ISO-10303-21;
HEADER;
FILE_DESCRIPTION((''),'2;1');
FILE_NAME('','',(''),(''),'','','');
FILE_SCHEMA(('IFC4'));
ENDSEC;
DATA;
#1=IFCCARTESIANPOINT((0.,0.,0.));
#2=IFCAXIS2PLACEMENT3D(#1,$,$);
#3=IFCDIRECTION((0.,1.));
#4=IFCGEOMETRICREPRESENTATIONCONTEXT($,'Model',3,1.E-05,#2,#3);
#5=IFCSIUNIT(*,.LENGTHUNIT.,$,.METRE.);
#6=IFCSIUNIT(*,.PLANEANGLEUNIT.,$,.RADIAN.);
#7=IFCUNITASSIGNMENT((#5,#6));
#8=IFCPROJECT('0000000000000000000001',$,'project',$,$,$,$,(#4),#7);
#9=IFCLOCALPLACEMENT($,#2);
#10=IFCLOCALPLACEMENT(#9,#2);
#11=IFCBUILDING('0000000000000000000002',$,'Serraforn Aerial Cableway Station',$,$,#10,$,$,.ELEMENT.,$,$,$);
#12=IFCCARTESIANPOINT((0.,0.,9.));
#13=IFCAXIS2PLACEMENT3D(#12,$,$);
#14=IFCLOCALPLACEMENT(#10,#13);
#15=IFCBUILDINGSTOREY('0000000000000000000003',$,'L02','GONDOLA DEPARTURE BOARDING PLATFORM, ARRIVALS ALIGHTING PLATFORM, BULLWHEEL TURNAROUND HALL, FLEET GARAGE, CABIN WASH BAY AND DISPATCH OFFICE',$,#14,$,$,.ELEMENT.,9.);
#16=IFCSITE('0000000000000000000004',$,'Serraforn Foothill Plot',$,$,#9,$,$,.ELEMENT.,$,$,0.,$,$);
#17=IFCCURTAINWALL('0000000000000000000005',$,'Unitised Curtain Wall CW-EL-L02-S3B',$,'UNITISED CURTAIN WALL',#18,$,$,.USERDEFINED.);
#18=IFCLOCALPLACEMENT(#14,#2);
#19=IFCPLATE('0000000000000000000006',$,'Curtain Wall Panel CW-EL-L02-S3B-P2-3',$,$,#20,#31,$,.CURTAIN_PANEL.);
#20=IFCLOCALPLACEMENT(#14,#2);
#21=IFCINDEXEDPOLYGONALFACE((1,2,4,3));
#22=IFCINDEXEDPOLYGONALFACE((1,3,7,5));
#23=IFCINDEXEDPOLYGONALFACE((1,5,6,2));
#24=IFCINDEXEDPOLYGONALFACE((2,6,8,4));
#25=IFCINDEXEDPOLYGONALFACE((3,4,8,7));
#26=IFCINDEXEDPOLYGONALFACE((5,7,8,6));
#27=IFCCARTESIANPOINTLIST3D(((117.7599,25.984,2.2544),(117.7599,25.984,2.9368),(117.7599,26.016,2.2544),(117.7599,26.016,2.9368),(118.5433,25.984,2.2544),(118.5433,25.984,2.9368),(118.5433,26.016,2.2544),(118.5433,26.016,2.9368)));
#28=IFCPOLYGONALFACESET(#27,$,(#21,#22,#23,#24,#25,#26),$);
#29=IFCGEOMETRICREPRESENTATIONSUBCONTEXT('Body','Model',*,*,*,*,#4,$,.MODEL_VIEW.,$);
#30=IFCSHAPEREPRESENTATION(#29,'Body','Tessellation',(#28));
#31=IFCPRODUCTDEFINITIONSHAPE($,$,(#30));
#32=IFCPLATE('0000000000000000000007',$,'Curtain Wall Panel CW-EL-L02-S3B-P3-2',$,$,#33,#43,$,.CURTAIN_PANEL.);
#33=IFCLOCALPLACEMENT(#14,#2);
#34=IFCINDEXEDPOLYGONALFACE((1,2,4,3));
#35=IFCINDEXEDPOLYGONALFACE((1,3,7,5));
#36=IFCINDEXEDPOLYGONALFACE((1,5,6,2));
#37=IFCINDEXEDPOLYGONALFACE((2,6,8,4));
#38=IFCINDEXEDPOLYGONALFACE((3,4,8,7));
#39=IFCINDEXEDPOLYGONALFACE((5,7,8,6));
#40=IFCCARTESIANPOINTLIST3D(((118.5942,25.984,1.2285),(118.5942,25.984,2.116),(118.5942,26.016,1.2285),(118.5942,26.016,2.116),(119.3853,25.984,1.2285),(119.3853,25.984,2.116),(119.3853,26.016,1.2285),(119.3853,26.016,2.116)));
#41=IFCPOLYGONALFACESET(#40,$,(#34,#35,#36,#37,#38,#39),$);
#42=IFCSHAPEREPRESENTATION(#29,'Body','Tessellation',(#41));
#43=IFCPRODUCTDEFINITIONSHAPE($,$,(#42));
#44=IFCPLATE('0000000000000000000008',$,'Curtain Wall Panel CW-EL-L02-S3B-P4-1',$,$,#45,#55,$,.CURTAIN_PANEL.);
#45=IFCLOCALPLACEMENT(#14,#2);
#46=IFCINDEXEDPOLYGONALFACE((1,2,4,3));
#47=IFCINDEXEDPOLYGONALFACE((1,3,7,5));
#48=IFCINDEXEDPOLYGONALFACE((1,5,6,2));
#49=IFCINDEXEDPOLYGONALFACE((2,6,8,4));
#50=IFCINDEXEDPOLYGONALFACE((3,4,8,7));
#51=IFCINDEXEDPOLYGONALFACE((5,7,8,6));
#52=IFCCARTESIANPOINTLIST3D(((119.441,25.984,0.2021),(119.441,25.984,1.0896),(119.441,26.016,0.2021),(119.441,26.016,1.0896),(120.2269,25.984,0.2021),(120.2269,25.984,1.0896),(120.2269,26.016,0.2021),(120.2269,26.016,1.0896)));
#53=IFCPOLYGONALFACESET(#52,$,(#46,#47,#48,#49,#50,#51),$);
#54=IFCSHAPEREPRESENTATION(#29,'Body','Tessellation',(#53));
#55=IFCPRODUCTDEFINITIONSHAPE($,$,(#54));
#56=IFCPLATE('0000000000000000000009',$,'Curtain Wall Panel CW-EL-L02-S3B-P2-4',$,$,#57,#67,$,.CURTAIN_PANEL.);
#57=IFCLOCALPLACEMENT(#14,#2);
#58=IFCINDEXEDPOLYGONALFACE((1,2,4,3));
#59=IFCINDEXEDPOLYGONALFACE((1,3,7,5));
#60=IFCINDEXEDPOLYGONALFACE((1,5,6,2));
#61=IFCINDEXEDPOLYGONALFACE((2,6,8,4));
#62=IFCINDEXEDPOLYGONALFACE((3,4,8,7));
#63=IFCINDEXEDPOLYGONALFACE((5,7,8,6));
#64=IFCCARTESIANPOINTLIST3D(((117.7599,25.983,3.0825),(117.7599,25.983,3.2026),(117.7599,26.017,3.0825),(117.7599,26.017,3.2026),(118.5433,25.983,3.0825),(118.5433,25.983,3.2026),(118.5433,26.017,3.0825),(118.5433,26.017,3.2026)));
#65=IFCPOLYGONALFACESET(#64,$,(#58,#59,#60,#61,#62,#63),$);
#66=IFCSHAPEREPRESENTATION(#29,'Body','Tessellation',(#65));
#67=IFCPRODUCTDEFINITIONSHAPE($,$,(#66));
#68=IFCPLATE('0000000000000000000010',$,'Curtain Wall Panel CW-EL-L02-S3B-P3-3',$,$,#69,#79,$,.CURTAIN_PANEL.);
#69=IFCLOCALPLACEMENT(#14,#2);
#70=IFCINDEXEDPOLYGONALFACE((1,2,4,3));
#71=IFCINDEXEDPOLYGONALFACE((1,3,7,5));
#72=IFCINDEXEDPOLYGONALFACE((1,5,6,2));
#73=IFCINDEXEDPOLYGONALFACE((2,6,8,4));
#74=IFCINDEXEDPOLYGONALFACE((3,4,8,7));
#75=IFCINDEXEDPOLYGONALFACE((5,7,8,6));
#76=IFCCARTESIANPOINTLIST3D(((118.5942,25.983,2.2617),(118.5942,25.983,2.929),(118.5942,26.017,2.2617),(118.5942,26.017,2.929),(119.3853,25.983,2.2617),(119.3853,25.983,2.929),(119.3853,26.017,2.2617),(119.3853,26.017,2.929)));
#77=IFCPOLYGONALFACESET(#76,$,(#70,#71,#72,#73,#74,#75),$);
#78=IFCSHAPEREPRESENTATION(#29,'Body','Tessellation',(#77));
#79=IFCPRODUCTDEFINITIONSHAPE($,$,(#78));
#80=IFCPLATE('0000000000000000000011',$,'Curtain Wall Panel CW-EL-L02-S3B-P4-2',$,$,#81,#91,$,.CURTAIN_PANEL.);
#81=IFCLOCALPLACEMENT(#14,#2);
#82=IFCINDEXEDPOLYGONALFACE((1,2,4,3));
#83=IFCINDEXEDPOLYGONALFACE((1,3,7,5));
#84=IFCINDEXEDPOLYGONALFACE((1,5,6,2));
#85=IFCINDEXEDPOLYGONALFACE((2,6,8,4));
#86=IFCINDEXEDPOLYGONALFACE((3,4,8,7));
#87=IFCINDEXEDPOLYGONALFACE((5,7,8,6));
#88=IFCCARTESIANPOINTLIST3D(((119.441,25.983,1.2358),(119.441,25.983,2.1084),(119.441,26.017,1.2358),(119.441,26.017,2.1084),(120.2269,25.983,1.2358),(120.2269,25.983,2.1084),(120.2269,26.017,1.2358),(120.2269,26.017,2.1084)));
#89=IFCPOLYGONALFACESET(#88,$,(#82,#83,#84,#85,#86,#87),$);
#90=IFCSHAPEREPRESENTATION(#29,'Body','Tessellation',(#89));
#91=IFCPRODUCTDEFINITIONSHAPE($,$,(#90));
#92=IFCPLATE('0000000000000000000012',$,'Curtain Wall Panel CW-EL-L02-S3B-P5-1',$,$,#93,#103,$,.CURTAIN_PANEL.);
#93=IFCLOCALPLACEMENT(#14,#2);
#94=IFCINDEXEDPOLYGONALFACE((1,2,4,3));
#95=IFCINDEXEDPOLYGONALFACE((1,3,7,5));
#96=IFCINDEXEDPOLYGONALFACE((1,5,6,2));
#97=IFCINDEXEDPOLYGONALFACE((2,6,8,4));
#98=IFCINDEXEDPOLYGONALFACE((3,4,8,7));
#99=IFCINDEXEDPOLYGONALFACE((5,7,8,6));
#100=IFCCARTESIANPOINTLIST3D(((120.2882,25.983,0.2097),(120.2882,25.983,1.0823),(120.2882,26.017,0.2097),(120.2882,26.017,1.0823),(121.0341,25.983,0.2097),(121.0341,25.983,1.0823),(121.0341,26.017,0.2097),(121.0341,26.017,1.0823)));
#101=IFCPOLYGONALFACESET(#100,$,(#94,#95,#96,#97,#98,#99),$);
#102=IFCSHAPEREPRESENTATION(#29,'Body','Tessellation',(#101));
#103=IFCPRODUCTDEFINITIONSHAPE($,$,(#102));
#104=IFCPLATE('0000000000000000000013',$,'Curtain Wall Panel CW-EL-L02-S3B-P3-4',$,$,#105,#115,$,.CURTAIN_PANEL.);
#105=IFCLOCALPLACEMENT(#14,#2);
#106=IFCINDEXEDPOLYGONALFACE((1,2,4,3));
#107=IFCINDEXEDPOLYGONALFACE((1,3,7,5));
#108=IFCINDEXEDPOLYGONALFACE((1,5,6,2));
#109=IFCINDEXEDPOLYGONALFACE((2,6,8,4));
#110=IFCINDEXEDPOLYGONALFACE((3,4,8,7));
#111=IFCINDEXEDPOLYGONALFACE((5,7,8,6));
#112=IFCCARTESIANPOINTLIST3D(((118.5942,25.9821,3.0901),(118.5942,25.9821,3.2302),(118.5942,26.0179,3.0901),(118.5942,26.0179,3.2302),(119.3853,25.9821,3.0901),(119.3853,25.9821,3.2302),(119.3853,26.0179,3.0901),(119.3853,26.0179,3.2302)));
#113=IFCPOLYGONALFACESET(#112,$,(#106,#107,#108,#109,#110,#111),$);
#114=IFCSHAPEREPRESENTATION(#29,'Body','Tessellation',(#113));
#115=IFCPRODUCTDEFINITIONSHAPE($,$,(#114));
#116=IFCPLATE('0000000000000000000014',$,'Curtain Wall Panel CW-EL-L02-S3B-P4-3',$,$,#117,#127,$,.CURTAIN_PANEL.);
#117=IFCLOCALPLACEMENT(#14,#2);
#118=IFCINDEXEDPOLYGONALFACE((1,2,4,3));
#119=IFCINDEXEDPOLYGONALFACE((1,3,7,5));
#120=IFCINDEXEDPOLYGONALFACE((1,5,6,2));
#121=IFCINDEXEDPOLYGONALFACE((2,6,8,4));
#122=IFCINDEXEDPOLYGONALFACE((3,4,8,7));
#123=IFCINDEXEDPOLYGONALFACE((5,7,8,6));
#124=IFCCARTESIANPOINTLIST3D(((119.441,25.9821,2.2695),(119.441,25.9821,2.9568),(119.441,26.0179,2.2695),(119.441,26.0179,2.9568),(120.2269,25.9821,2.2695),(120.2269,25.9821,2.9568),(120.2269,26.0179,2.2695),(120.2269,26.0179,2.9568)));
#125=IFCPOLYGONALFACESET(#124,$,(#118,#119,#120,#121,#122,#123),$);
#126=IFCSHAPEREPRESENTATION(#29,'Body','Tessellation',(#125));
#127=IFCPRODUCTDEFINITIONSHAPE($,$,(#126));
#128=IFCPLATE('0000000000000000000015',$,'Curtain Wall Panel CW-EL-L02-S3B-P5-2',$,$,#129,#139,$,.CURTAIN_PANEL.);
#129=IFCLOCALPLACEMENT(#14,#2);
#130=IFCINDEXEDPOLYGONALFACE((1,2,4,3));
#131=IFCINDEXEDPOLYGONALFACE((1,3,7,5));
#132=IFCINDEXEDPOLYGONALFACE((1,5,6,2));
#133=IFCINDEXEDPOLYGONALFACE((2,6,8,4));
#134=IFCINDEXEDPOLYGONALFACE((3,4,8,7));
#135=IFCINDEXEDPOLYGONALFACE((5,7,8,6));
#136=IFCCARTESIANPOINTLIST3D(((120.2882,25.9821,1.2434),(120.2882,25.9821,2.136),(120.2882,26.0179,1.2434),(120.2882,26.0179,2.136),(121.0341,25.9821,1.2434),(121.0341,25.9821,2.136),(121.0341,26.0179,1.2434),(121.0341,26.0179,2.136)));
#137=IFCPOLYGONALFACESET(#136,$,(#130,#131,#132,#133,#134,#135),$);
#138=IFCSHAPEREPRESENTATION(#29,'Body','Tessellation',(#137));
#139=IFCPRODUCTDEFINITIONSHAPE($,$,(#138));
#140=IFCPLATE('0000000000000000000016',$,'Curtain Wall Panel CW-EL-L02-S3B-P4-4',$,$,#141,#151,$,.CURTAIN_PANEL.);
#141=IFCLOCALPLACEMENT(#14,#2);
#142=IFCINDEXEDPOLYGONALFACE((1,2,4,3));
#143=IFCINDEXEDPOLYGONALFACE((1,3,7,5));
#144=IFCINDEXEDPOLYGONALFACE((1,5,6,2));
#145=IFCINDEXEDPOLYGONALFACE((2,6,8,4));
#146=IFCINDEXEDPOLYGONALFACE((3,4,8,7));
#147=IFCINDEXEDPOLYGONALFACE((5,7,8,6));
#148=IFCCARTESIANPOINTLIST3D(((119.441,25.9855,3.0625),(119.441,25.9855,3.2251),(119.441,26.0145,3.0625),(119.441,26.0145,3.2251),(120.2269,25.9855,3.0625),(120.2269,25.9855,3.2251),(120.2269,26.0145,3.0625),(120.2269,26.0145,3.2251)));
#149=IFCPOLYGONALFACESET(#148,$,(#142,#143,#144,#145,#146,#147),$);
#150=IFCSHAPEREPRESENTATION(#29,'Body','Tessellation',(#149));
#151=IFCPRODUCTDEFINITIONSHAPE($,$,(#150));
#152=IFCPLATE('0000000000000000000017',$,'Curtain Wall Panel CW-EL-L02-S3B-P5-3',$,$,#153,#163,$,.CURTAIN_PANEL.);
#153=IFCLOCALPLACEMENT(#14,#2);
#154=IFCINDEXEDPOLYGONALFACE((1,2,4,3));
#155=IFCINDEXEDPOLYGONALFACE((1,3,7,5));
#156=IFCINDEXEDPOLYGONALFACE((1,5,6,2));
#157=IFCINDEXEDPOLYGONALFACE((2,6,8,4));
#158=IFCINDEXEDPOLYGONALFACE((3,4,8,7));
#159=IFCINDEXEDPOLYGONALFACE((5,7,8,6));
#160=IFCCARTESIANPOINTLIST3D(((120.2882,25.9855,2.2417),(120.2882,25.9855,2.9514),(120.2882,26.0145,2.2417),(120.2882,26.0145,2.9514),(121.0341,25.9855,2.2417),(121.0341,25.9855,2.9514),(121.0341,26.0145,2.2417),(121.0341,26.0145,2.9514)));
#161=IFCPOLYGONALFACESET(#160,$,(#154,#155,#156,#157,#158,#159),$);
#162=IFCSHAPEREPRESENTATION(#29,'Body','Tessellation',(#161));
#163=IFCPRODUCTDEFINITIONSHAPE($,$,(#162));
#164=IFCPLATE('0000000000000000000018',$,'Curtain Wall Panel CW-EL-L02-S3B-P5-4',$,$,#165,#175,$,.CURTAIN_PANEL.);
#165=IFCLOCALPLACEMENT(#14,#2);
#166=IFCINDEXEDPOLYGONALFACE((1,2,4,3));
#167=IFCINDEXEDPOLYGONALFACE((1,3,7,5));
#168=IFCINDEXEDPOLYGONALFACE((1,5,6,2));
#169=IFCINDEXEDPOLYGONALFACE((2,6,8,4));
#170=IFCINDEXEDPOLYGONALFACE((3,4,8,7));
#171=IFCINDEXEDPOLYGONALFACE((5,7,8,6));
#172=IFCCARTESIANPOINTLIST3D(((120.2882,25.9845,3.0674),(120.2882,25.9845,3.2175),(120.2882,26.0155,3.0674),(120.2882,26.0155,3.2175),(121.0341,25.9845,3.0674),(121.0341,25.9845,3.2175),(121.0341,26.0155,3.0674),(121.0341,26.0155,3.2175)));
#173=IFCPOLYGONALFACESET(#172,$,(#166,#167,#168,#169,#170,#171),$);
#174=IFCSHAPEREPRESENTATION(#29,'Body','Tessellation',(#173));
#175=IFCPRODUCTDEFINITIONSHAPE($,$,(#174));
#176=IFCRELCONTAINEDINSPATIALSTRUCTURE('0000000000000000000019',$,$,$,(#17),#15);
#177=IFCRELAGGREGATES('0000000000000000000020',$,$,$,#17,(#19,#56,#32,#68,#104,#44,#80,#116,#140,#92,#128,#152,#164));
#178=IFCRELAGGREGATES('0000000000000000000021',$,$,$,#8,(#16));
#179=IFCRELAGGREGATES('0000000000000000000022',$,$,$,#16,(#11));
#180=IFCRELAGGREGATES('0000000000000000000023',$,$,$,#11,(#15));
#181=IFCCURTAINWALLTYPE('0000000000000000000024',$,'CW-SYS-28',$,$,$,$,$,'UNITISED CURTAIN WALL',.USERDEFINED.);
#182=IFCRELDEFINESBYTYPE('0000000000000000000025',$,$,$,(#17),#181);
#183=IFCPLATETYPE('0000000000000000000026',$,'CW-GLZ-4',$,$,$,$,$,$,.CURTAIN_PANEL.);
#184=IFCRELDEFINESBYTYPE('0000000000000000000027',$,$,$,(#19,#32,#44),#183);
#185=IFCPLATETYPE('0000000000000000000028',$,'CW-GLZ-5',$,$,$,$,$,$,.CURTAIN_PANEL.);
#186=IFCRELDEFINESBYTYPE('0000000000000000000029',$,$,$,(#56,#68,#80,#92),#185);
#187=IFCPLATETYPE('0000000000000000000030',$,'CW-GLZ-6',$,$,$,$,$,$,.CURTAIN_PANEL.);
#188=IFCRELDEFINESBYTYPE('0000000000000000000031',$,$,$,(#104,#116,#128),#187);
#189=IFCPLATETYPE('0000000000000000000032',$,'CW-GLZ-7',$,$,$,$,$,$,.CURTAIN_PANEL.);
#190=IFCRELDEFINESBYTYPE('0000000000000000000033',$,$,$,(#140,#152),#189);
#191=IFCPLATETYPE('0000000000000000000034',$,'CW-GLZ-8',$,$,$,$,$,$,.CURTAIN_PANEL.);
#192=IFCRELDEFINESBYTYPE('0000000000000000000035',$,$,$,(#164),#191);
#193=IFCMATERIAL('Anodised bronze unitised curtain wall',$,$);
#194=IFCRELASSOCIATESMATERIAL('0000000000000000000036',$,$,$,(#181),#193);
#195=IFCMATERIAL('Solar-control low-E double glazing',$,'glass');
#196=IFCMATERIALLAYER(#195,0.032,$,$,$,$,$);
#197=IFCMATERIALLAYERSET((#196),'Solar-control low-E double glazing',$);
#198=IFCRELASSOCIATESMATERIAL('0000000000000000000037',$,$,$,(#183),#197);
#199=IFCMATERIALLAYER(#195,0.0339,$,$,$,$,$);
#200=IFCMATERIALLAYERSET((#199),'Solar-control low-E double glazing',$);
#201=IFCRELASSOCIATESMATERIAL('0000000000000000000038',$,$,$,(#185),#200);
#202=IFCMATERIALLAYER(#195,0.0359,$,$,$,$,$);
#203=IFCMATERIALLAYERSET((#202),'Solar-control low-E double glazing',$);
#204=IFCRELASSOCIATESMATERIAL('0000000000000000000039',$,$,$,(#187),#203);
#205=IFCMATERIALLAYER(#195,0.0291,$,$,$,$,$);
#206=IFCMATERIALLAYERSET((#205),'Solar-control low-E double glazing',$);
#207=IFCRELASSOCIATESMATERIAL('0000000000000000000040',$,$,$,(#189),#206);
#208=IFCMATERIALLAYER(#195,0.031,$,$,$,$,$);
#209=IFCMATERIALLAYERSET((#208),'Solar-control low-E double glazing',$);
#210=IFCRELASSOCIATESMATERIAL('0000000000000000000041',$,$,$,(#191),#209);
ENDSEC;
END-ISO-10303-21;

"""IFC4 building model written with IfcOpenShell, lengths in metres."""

from ifc_helpers import new_model, si_unit, direction, frame, origin, origin_2d, place, context, subcontext, project, spatial, rectangle, extrude, material, layer, layer_set, type_object, element, aggregate, save


model = new_model("IFC4")

# Units and contexts
model_context = context("Model", 3, precision=1e-05, world=origin(), true_north=direction((0.0, 1.0)))
body_context = subcontext(model_context, "Body", "Model", "MODEL_VIEW")
ifc_project = project(units=[si_unit("LENGTHUNIT", "METRE"), si_unit("PLANEANGLEUNIT", "RADIAN")], contexts=[model_context])

# Site, building, storey
site_placement = place(None, origin())
site = spatial("IfcSite", under=ifc_project, at=site_placement, Name="Serraforn Foothill Plot", CompositionType="ELEMENT", RefElevation=0.0)
building_placement = place(site_placement, origin())
building = spatial("IfcBuilding", under=site, at=building_placement, Name="Serraforn Aerial Cableway Station", CompositionType="ELEMENT")
storey_placement = place(building_placement, frame((0.0, 0.0, 9.0)))
storey = spatial("IfcBuildingStorey", under=building, at=storey_placement, Name="L02", Description="GONDOLA DEPARTURE BOARDING PLATFORM, ARRIVALS ALIGHTING PLATFORM, BULLWHEEL TURNAROUND HALL, FLEET GARAGE, CABIN WASH BAY AND DISPATCH OFFICE", CompositionType="ELEMENT", Elevation=9.0)

# Curtain wall, plates
ifc_material_1 = material(Name="Anodised bronze unitised curtain wall")
curtain_wall_type = type_object("IfcCurtainWallType", Name="CW-SYS-28", ElementType="UNITISED CURTAIN WALL", PredefinedType="USERDEFINED", material=ifc_material_1)
curtain_wall_placement = place(storey_placement, origin())
curtain_wall = element("IfcCurtainWall", 1, at=curtain_wall_placement, inside=storey, type_object=curtain_wall_type, Name="Unitised Curtain Wall CW-EL-L02-S3B", ObjectType="UNITISED CURTAIN WALL", PredefinedType="USERDEFINED")
ifc_material_2 = material(Name="Solar-control low-E double glazing", Category="glass")
ifc_layer_1 = layer(ifc_material_2, 0.032)
ifc_layer_set_1 = layer_set([ifc_layer_1], Name="Solar-control low-E double glazing")
plate_type_1 = type_object("IfcPlateType", Name="CW-GLZ-4", PredefinedType="CURTAIN_PANEL", material=ifc_layer_set_1)
plate_1_placement = place(storey_placement, frame((118.1516, 26.0, 2.2544), z_axis=(0.0, 0.0, 1.0), x_axis=(1.0, 0.0, 0.0)))
plate_1 = element("IfcPlate", 2, at=plate_1_placement, type_object=plate_type_1, Name="Curtain Wall Panel CW-EL-L02-S3B-P2-3", PredefinedType="CURTAIN_PANEL", context=body_context, shape_type="SweptSolid", body=[
    extrude(rectangle(XDim=0.7834, YDim=0.032, at=origin_2d()), origin(), (0.0, 0.0, 1.0), 0.6824),
])
plate_2_placement = place(storey_placement, frame((118.9897, 26.0, 1.2285), z_axis=(0.0, 0.0, 1.0), x_axis=(1.0, 0.0, 0.0)))
plate_2 = element("IfcPlate", 3, at=plate_2_placement, type_object=plate_type_1, Name="Curtain Wall Panel CW-EL-L02-S3B-P3-2", PredefinedType="CURTAIN_PANEL", context=body_context, shape_type="SweptSolid", body=[
    extrude(rectangle(XDim=0.791, YDim=0.032, at=origin_2d()), origin(), (0.0, 0.0, 1.0), 0.8875),
])
plate_3_placement = place(storey_placement, frame((119.834, 26.0, 0.2021), z_axis=(0.0, 0.0, 1.0), x_axis=(1.0, 0.0, 0.0)))
plate_3 = element("IfcPlate", 4, at=plate_3_placement, type_object=plate_type_1, Name="Curtain Wall Panel CW-EL-L02-S3B-P4-1", PredefinedType="CURTAIN_PANEL", context=body_context, shape_type="SweptSolid", body=[
    extrude(rectangle(XDim=0.7859, YDim=0.032, at=origin_2d()), origin(), (0.0, 0.0, 1.0), 0.8875),
])
ifc_layer_2 = layer(ifc_material_2, 0.0339)
ifc_layer_set_2 = layer_set([ifc_layer_2], Name="Solar-control low-E double glazing")
plate_type_2 = type_object("IfcPlateType", Name="CW-GLZ-5", PredefinedType="CURTAIN_PANEL", material=ifc_layer_set_2)
plate_4_placement = place(storey_placement, frame((118.1516, 26.0, 3.0825), z_axis=(0.0, 0.0, 1.0), x_axis=(1.0, 0.0, 0.0)))
plate_4 = element("IfcPlate", 5, at=plate_4_placement, type_object=plate_type_2, Name="Curtain Wall Panel CW-EL-L02-S3B-P2-4", PredefinedType="CURTAIN_PANEL", context=body_context, shape_type="SweptSolid", body=[
    extrude(rectangle(XDim=0.7834, YDim=0.0339, at=origin_2d()), origin(), (0.0, 0.0, 1.0), 0.1201),
])
plate_5_placement = place(storey_placement, frame((118.9897, 26.0, 2.2617), z_axis=(0.0, 0.0, 1.0), x_axis=(1.0, 0.0, 0.0)))
plate_5 = element("IfcPlate", 6, at=plate_5_placement, type_object=plate_type_2, Name="Curtain Wall Panel CW-EL-L02-S3B-P3-3", PredefinedType="CURTAIN_PANEL", context=body_context, shape_type="SweptSolid", body=[
    extrude(rectangle(XDim=0.791, YDim=0.0339, at=origin_2d()), origin(), (0.0, 0.0, 1.0), 0.6672),
])
plate_6_placement = place(storey_placement, frame((119.834, 26.0, 1.2358), z_axis=(0.0, 0.0, 1.0), x_axis=(1.0, 0.0, 0.0)))
plate_6 = element("IfcPlate", 7, at=plate_6_placement, type_object=plate_type_2, Name="Curtain Wall Panel CW-EL-L02-S3B-P4-2", PredefinedType="CURTAIN_PANEL", context=body_context, shape_type="SweptSolid", body=[
    extrude(rectangle(XDim=0.7859, YDim=0.0339, at=origin_2d()), origin(), (0.0, 0.0, 1.0), 0.8726),
])
plate_7_placement = place(storey_placement, frame((120.6611, 26.0, 0.2097), z_axis=(0.0, 0.0, 1.0), x_axis=(1.0, 0.0, 0.0)))
plate_7 = element("IfcPlate", 8, at=plate_7_placement, type_object=plate_type_2, Name="Curtain Wall Panel CW-EL-L02-S3B-P5-1", PredefinedType="CURTAIN_PANEL", context=body_context, shape_type="SweptSolid", body=[
    extrude(rectangle(XDim=0.7458, YDim=0.0339, at=origin_2d()), origin(), (0.0, 0.0, 1.0), 0.8726),
])
ifc_layer_3 = layer(ifc_material_2, 0.0359)
ifc_layer_set_3 = layer_set([ifc_layer_3], Name="Solar-control low-E double glazing")
plate_type_3 = type_object("IfcPlateType", Name="CW-GLZ-6", PredefinedType="CURTAIN_PANEL", material=ifc_layer_set_3)
plate_8_placement = place(storey_placement, frame((118.9897, 26.0, 3.0901), z_axis=(0.0, 0.0, 1.0), x_axis=(1.0, 0.0, 0.0)))
plate_8 = element("IfcPlate", 9, at=plate_8_placement, type_object=plate_type_3, Name="Curtain Wall Panel CW-EL-L02-S3B-P3-4", PredefinedType="CURTAIN_PANEL", context=body_context, shape_type="SweptSolid", body=[
    extrude(rectangle(XDim=0.791, YDim=0.0359, at=origin_2d()), origin(), (0.0, 0.0, 1.0), 0.1401),
])
plate_9_placement = place(storey_placement, frame((119.834, 26.0, 2.2695), z_axis=(0.0, 0.0, 1.0), x_axis=(1.0, 0.0, 0.0)))
plate_9 = element("IfcPlate", 10, at=plate_9_placement, type_object=plate_type_3, Name="Curtain Wall Panel CW-EL-L02-S3B-P4-3", PredefinedType="CURTAIN_PANEL", context=body_context, shape_type="SweptSolid", body=[
    extrude(rectangle(XDim=0.7859, YDim=0.0359, at=origin_2d()), origin(), (0.0, 0.0, 1.0), 0.6873),
])
plate_10_placement = place(storey_placement, frame((120.6611, 26.0, 1.2434), z_axis=(0.0, 0.0, 1.0), x_axis=(1.0, 0.0, 0.0)))
plate_10 = element("IfcPlate", 11, at=plate_10_placement, type_object=plate_type_3, Name="Curtain Wall Panel CW-EL-L02-S3B-P5-2", PredefinedType="CURTAIN_PANEL", context=body_context, shape_type="SweptSolid", body=[
    extrude(rectangle(XDim=0.7458, YDim=0.0359, at=origin_2d()), origin(), (0.0, 0.0, 1.0), 0.8926),
])
ifc_layer_4 = layer(ifc_material_2, 0.0291)
ifc_layer_set_4 = layer_set([ifc_layer_4], Name="Solar-control low-E double glazing")
plate_type_4 = type_object("IfcPlateType", Name="CW-GLZ-7", PredefinedType="CURTAIN_PANEL", material=ifc_layer_set_4)
plate_11_placement = place(storey_placement, frame((119.834, 26.0, 3.0625), z_axis=(0.0, 0.0, 1.0), x_axis=(1.0, 0.0, 0.0)))
plate_11 = element("IfcPlate", 12, at=plate_11_placement, type_object=plate_type_4, Name="Curtain Wall Panel CW-EL-L02-S3B-P4-4", PredefinedType="CURTAIN_PANEL", context=body_context, shape_type="SweptSolid", body=[
    extrude(rectangle(XDim=0.7859, YDim=0.0291, at=origin_2d()), origin(), (0.0, 0.0, 1.0), 0.1626),
])
plate_12_placement = place(storey_placement, frame((120.6611, 26.0, 2.2417), z_axis=(0.0, 0.0, 1.0), x_axis=(1.0, 0.0, 0.0)))
plate_12 = element("IfcPlate", 13, at=plate_12_placement, type_object=plate_type_4, Name="Curtain Wall Panel CW-EL-L02-S3B-P5-3", PredefinedType="CURTAIN_PANEL", context=body_context, shape_type="SweptSolid", body=[
    extrude(rectangle(XDim=0.7458, YDim=0.0291, at=origin_2d()), origin(), (0.0, 0.0, 1.0), 0.7097),
])
ifc_layer_5 = layer(ifc_material_2, 0.031)
ifc_layer_set_5 = layer_set([ifc_layer_5], Name="Solar-control low-E double glazing")
plate_type_5 = type_object("IfcPlateType", Name="CW-GLZ-8", PredefinedType="CURTAIN_PANEL", material=ifc_layer_set_5)
plate_13_placement = place(storey_placement, frame((120.6611, 26.0, 3.0674), z_axis=(0.0, 0.0, 1.0), x_axis=(1.0, 0.0, 0.0)))
plate_13 = element("IfcPlate", 14, at=plate_13_placement, type_object=plate_type_5, Name="Curtain Wall Panel CW-EL-L02-S3B-P5-4", PredefinedType="CURTAIN_PANEL", context=body_context, shape_type="SweptSolid", body=[
    extrude(rectangle(XDim=0.7458, YDim=0.031, at=origin_2d()), origin(), (0.0, 0.0, 1.0), 0.1501),
])
aggregate(curtain_wall, [plate_1, plate_4, plate_2, plate_5, plate_8, plate_3, plate_6, plate_9, plate_11, plate_7, plate_10, plate_12, plate_13])

save(model, "model.ifc")
